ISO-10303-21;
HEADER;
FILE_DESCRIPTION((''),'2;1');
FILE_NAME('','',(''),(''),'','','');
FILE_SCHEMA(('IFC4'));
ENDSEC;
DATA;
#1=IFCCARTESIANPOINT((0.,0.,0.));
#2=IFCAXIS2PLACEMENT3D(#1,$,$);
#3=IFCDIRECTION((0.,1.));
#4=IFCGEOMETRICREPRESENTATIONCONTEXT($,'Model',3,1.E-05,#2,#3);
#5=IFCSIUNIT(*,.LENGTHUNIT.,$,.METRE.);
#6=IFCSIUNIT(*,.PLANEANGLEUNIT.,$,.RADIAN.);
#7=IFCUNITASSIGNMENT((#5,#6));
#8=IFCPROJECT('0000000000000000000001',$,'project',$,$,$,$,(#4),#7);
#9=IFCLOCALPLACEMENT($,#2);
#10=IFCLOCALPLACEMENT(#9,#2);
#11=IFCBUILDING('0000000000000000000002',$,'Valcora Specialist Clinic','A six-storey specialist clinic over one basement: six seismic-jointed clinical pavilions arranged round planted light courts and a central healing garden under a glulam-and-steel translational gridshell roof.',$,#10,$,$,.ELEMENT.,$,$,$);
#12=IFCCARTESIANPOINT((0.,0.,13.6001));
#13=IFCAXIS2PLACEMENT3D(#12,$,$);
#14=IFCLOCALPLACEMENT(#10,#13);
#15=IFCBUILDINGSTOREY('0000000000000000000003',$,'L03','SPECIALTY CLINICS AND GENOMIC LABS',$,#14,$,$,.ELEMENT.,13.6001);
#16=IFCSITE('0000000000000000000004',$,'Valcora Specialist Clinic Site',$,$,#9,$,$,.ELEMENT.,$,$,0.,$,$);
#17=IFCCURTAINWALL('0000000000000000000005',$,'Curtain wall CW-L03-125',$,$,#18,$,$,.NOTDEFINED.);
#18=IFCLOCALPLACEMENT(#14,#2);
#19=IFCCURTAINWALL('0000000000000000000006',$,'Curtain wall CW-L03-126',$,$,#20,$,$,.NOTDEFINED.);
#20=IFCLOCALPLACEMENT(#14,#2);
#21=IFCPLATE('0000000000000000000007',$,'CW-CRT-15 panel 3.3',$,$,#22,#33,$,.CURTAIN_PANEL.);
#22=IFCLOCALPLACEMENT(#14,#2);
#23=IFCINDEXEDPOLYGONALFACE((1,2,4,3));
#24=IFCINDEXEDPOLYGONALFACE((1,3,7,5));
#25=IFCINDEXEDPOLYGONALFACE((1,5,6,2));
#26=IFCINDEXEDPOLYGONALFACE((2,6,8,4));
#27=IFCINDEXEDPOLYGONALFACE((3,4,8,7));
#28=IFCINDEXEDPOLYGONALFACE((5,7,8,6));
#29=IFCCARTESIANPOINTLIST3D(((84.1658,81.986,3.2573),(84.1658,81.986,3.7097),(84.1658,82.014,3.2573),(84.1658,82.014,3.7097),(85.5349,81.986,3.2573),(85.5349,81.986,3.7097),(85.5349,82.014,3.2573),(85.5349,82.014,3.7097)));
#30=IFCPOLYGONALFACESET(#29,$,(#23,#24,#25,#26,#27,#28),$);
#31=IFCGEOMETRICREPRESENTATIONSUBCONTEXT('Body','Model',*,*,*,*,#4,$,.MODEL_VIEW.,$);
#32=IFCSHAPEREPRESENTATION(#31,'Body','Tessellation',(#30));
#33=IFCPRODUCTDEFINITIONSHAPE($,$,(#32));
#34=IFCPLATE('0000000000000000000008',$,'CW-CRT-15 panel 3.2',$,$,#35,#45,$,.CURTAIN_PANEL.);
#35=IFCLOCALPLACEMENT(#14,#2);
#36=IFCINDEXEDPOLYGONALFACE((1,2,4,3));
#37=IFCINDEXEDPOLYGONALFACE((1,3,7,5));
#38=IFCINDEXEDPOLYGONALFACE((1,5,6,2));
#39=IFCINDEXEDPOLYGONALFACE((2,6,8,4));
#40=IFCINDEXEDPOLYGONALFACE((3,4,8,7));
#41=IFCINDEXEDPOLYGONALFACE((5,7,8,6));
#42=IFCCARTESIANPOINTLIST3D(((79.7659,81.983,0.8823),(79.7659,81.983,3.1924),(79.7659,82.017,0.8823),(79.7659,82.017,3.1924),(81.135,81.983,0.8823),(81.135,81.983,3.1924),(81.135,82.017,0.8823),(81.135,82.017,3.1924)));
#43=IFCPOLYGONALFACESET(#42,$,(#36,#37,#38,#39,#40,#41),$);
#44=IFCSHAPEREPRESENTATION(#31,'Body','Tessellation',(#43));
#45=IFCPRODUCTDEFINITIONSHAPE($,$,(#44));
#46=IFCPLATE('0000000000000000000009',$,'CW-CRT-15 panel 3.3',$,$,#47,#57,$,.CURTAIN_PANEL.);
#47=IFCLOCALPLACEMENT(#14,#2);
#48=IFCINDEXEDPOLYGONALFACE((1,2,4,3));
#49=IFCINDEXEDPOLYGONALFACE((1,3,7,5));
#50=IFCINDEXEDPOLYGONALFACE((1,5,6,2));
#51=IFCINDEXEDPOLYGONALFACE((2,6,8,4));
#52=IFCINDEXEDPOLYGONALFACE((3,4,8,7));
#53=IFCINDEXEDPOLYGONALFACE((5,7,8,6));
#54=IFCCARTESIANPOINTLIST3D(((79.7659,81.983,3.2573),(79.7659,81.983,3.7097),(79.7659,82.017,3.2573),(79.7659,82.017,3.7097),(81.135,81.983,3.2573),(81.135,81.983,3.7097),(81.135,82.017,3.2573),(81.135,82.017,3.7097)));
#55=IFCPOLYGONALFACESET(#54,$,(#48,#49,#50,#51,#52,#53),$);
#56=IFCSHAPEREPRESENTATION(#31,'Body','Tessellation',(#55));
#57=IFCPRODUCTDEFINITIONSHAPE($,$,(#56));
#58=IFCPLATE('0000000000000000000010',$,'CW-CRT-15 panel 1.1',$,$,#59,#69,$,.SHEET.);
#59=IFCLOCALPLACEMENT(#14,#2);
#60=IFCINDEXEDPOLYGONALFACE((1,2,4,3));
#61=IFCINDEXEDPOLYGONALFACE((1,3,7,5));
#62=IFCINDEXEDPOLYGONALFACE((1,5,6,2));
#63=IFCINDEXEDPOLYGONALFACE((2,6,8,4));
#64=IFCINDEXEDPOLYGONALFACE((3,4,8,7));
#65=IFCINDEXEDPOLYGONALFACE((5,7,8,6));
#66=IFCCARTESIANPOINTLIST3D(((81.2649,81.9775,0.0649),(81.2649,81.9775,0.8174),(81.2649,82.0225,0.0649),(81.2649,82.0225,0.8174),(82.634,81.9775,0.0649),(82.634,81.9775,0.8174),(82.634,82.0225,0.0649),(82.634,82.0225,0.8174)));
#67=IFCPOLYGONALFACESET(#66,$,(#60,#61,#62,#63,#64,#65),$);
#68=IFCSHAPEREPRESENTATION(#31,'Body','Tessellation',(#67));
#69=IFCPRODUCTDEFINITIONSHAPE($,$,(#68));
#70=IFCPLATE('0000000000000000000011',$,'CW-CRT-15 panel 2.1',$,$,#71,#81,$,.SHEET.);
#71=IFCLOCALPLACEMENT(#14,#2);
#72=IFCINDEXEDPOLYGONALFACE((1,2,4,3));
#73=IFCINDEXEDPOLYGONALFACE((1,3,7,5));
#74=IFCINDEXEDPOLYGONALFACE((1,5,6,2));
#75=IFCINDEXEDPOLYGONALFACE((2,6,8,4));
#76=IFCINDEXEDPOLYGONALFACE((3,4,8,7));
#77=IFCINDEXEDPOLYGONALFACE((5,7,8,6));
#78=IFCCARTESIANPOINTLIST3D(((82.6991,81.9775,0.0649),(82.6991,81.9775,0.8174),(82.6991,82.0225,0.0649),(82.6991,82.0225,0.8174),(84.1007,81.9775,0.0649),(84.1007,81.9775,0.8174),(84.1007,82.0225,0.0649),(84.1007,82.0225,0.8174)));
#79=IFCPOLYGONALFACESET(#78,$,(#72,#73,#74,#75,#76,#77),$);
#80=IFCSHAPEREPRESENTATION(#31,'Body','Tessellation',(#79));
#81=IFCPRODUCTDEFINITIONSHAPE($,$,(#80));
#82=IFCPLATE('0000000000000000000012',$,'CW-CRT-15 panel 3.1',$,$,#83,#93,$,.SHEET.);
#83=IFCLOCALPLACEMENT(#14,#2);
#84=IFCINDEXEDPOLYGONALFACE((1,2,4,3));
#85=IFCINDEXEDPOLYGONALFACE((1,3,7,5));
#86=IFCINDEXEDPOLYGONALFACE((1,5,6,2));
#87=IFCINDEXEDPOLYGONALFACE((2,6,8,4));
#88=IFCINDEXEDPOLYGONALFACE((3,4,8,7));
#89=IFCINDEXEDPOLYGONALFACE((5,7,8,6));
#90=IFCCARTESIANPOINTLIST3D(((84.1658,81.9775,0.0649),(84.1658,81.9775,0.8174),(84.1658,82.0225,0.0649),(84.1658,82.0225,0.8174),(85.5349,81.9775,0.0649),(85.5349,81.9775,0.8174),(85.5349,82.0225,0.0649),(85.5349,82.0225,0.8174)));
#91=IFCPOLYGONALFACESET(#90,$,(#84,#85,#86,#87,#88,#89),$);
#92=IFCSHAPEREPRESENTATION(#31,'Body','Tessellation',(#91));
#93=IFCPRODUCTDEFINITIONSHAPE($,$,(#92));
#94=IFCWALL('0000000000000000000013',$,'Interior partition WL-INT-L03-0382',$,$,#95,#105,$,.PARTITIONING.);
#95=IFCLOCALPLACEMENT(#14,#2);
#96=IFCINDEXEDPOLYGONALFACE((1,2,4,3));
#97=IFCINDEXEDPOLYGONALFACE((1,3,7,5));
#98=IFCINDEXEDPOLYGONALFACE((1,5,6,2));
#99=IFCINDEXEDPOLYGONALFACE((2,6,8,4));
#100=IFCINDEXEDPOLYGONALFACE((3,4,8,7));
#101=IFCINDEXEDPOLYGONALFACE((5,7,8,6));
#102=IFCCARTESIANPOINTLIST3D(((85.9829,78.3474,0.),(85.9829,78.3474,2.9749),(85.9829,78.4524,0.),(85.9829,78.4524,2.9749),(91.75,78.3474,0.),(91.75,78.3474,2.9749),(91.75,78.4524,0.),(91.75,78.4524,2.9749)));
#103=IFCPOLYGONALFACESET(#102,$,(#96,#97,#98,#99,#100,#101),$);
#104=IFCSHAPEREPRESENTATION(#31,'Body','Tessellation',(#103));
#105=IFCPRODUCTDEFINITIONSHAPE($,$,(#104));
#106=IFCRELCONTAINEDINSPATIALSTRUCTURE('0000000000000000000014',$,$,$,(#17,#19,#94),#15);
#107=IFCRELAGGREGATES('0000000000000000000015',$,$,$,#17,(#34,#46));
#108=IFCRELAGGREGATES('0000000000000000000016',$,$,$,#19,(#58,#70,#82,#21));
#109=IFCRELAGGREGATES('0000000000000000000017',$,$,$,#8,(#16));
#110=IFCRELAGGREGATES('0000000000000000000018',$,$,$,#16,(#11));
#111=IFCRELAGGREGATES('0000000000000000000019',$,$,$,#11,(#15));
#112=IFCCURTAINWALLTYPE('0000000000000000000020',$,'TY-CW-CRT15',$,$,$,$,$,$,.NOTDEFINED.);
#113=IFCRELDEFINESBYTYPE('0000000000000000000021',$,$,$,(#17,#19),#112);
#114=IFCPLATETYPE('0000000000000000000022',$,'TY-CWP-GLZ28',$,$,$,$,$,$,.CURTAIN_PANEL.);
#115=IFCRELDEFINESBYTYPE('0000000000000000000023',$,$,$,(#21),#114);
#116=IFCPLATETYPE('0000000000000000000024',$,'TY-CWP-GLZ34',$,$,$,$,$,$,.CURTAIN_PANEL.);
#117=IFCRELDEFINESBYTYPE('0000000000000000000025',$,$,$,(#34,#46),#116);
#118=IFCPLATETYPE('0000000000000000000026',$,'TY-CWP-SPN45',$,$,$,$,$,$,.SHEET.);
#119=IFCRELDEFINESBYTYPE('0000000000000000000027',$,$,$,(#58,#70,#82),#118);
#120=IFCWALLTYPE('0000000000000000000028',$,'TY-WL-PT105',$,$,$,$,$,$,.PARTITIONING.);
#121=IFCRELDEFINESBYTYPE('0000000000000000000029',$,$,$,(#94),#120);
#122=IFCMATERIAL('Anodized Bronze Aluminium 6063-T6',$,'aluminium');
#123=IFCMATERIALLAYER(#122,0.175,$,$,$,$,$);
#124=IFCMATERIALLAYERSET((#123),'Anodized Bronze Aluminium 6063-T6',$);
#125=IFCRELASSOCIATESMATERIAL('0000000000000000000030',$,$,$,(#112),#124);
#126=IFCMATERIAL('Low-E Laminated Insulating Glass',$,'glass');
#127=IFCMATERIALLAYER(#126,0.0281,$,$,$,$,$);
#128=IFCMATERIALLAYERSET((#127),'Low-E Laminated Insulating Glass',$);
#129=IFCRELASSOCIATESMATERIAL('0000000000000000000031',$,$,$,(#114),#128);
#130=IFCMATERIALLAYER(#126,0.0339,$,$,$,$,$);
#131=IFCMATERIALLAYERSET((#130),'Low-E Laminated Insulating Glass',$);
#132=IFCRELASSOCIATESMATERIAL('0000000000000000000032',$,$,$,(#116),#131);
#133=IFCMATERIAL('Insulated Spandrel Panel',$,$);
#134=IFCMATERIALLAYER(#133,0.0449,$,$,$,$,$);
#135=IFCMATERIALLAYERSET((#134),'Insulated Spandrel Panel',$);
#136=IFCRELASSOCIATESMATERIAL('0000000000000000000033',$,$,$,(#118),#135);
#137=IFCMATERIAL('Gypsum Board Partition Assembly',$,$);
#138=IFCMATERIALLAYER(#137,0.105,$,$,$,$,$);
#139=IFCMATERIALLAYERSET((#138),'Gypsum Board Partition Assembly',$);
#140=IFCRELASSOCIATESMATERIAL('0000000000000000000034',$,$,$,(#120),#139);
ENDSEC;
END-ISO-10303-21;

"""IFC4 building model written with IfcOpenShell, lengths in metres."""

from ifc_helpers import new_model, si_unit, direction, frame, frame_2d, origin, origin_2d, place, context, subcontext, project, spatial, rectangle, extrude, material, layer, layer_set, type_object, element, aggregate, save


model = new_model("IFC4")

# Units and contexts
model_context = context("Model", 3, precision=1e-05, world=origin(), true_north=direction((0.0, 1.0)))
body_context = subcontext(model_context, "Body", "Model", "MODEL_VIEW")
ifc_project = project(units=[si_unit("LENGTHUNIT", "METRE"), si_unit("PLANEANGLEUNIT", "RADIAN")], contexts=[model_context])

# Site, building, storey
site_placement = place(None, origin())
site = spatial("IfcSite", under=ifc_project, at=site_placement, Name="Valcora Specialist Clinic Site", CompositionType="ELEMENT", RefElevation=0.0)
building_placement = place(site_placement, origin())
building = spatial("IfcBuilding", under=site, at=building_placement, Name="Valcora Specialist Clinic", Description="A six-storey specialist clinic over one basement: six seismic-jointed clinical pavilions arranged round planted light courts and a central healing garden under a glulam-and-steel translational gridshell roof.", CompositionType="ELEMENT")
storey_placement = place(building_placement, frame((0.0, 0.0, 13.6001)))
storey = spatial("IfcBuildingStorey", under=building, at=storey_placement, Name="L03", Description="SPECIALTY CLINICS AND GENOMIC LABS", CompositionType="ELEMENT", Elevation=13.6001)

# Curtain wall
ifc_material_1 = material(Name="Anodized Bronze Aluminium 6063-T6", Category="aluminium")
ifc_layer_1 = layer(ifc_material_1, 0.175)
ifc_layer_set_1 = layer_set([ifc_layer_1], Name="Anodized Bronze Aluminium 6063-T6")
curtain_wall_type = type_object("IfcCurtainWallType", Name="TY-CW-CRT15", PredefinedType="NOTDEFINED", material=ifc_layer_set_1)
curtain_wall_1_placement = place(storey_placement, origin())
curtain_wall_1 = element("IfcCurtainWall", 1, at=curtain_wall_1_placement, inside=storey, type_object=curtain_wall_type, Name="Curtain wall CW-L03-125", PredefinedType="NOTDEFINED")

# Curtain wall
curtain_wall_2_placement = place(storey_placement, origin())
curtain_wall_2 = element("IfcCurtainWall", 2, at=curtain_wall_2_placement, inside=storey, type_object=curtain_wall_type, Name="Curtain wall CW-L03-126", PredefinedType="NOTDEFINED")

# Plates
ifc_material_2 = material(Name="Low-E Laminated Insulating Glass", Category="glass")
ifc_layer_2 = layer(ifc_material_2, 0.0281)
ifc_layer_set_2 = layer_set([ifc_layer_2], Name="Low-E Laminated Insulating Glass")
plate_type_1 = type_object("IfcPlateType", Name="TY-CWP-GLZ28", PredefinedType="CURTAIN_PANEL", material=ifc_layer_set_2)
plate_1_placement = place(storey_placement, frame((84.8503, 82.0, 3.2573), z_axis=(0.0, 0.0, 1.0), x_axis=(1.0, 0.0, 0.0)))
plate_1 = element("IfcPlate", 3, at=plate_1_placement, type_object=plate_type_1, Name="CW-CRT-15 panel 3.3", PredefinedType="CURTAIN_PANEL", context=body_context, shape_type="SweptSolid", body=[
    extrude(rectangle(XDim=1.3691, YDim=0.0281, at=origin_2d()), origin(), (0.0, 0.0, 1.0), 0.4524),
])
ifc_layer_3 = layer(ifc_material_2, 0.0339)
ifc_layer_set_3 = layer_set([ifc_layer_3], Name="Low-E Laminated Insulating Glass")
plate_type_2 = type_object("IfcPlateType", Name="TY-CWP-GLZ34", PredefinedType="CURTAIN_PANEL", material=ifc_layer_set_3)
plate_2_placement = place(storey_placement, frame((80.4504, 82.0, 0.8823), z_axis=(0.0, 0.0, 1.0), x_axis=(1.0, 0.0, 0.0)))
plate_2 = element("IfcPlate", 4, at=plate_2_placement, type_object=plate_type_2, Name="CW-CRT-15 panel 3.2", PredefinedType="CURTAIN_PANEL", context=body_context, shape_type="SweptSolid", body=[
    extrude(rectangle(XDim=1.3691, YDim=0.0339, at=origin_2d()), origin(), (0.0, 0.0, 1.0), 2.3101),
])
plate_3_placement = place(storey_placement, frame((80.4504, 82.0, 3.2573), z_axis=(0.0, 0.0, 1.0), x_axis=(1.0, 0.0, 0.0)))
plate_3 = element("IfcPlate", 5, at=plate_3_placement, type_object=plate_type_2, Name="CW-CRT-15 panel 3.3", PredefinedType="CURTAIN_PANEL", context=body_context, shape_type="SweptSolid", body=[
    extrude(rectangle(XDim=1.3691, YDim=0.0339, at=origin_2d()), origin(), (0.0, 0.0, 1.0), 0.4524),
])
aggregate(curtain_wall_1, [plate_2, plate_3])
ifc_material_3 = material(Name="Insulated Spandrel Panel")
ifc_layer_4 = layer(ifc_material_3, 0.0449)
ifc_layer_set_4 = layer_set([ifc_layer_4], Name="Insulated Spandrel Panel")
plate_type_3 = type_object("IfcPlateType", Name="TY-CWP-SPN45", PredefinedType="SHEET", material=ifc_layer_set_4)
plate_4_placement = place(storey_placement, frame((81.9495, 82.0, 0.0649), z_axis=(0.0, 0.0, 1.0), x_axis=(1.0, 0.0, 0.0)))
plate_4 = element("IfcPlate", 6, at=plate_4_placement, type_object=plate_type_3, Name="CW-CRT-15 panel 1.1", PredefinedType="SHEET", context=body_context, shape_type="SweptSolid", body=[
    extrude(rectangle(XDim=1.3691, YDim=0.0449, at=origin_2d()), origin(), (0.0, 0.0, 1.0), 0.7524),
])
plate_5_placement = place(storey_placement, frame((83.3999, 82.0, 0.0649), z_axis=(0.0, 0.0, 1.0), x_axis=(1.0, 0.0, 0.0)))
plate_5 = element("IfcPlate", 7, at=plate_5_placement, type_object=plate_type_3, Name="CW-CRT-15 panel 2.1", PredefinedType="SHEET", context=body_context, shape_type="SweptSolid", body=[
    extrude(rectangle(XDim=1.4016, YDim=0.0449, at=origin_2d()), origin(), (0.0, 0.0, 1.0), 0.7524),
])
plate_6_placement = place(storey_placement, frame((84.8503, 82.0, 0.0649), z_axis=(0.0, 0.0, 1.0), x_axis=(1.0, 0.0, 0.0)))
plate_6 = element("IfcPlate", 8, at=plate_6_placement, type_object=plate_type_3, Name="CW-CRT-15 panel 3.1", PredefinedType="SHEET", context=body_context, shape_type="SweptSolid", body=[
    extrude(rectangle(XDim=1.3691, YDim=0.0449, at=origin_2d()), origin(), (0.0, 0.0, 1.0), 0.7524),
])
aggregate(curtain_wall_2, [plate_4, plate_5, plate_6, plate_1])

# Wall
ifc_material_4 = material(Name="Gypsum Board Partition Assembly")
ifc_layer_5 = layer(ifc_material_4, 0.105)
ifc_layer_set_5 = layer_set([ifc_layer_5], Name="Gypsum Board Partition Assembly")
wall_type = type_object("IfcWallType", Name="TY-WL-PT105", PredefinedType="PARTITIONING", material=ifc_layer_set_5)
wall_placement = place(storey_placement, frame((85.9829, 78.3999, 0.0), z_axis=(0.0, 0.0, 1.0), x_axis=(1.0, 0.0, 0.0)))
element("IfcWall", 9, at=wall_placement, inside=storey, type_object=wall_type, Name="Interior partition WL-INT-L03-0382", PredefinedType="PARTITIONING", context=body_context, shape_type="SweptSolid", body=[
    extrude(rectangle(XDim=5.7671, YDim=0.105, at=frame_2d((2.8835, 0.0))), origin(), (0.0, 0.0, 1.0), 2.9749),
])

save(model, "model.ifc")
